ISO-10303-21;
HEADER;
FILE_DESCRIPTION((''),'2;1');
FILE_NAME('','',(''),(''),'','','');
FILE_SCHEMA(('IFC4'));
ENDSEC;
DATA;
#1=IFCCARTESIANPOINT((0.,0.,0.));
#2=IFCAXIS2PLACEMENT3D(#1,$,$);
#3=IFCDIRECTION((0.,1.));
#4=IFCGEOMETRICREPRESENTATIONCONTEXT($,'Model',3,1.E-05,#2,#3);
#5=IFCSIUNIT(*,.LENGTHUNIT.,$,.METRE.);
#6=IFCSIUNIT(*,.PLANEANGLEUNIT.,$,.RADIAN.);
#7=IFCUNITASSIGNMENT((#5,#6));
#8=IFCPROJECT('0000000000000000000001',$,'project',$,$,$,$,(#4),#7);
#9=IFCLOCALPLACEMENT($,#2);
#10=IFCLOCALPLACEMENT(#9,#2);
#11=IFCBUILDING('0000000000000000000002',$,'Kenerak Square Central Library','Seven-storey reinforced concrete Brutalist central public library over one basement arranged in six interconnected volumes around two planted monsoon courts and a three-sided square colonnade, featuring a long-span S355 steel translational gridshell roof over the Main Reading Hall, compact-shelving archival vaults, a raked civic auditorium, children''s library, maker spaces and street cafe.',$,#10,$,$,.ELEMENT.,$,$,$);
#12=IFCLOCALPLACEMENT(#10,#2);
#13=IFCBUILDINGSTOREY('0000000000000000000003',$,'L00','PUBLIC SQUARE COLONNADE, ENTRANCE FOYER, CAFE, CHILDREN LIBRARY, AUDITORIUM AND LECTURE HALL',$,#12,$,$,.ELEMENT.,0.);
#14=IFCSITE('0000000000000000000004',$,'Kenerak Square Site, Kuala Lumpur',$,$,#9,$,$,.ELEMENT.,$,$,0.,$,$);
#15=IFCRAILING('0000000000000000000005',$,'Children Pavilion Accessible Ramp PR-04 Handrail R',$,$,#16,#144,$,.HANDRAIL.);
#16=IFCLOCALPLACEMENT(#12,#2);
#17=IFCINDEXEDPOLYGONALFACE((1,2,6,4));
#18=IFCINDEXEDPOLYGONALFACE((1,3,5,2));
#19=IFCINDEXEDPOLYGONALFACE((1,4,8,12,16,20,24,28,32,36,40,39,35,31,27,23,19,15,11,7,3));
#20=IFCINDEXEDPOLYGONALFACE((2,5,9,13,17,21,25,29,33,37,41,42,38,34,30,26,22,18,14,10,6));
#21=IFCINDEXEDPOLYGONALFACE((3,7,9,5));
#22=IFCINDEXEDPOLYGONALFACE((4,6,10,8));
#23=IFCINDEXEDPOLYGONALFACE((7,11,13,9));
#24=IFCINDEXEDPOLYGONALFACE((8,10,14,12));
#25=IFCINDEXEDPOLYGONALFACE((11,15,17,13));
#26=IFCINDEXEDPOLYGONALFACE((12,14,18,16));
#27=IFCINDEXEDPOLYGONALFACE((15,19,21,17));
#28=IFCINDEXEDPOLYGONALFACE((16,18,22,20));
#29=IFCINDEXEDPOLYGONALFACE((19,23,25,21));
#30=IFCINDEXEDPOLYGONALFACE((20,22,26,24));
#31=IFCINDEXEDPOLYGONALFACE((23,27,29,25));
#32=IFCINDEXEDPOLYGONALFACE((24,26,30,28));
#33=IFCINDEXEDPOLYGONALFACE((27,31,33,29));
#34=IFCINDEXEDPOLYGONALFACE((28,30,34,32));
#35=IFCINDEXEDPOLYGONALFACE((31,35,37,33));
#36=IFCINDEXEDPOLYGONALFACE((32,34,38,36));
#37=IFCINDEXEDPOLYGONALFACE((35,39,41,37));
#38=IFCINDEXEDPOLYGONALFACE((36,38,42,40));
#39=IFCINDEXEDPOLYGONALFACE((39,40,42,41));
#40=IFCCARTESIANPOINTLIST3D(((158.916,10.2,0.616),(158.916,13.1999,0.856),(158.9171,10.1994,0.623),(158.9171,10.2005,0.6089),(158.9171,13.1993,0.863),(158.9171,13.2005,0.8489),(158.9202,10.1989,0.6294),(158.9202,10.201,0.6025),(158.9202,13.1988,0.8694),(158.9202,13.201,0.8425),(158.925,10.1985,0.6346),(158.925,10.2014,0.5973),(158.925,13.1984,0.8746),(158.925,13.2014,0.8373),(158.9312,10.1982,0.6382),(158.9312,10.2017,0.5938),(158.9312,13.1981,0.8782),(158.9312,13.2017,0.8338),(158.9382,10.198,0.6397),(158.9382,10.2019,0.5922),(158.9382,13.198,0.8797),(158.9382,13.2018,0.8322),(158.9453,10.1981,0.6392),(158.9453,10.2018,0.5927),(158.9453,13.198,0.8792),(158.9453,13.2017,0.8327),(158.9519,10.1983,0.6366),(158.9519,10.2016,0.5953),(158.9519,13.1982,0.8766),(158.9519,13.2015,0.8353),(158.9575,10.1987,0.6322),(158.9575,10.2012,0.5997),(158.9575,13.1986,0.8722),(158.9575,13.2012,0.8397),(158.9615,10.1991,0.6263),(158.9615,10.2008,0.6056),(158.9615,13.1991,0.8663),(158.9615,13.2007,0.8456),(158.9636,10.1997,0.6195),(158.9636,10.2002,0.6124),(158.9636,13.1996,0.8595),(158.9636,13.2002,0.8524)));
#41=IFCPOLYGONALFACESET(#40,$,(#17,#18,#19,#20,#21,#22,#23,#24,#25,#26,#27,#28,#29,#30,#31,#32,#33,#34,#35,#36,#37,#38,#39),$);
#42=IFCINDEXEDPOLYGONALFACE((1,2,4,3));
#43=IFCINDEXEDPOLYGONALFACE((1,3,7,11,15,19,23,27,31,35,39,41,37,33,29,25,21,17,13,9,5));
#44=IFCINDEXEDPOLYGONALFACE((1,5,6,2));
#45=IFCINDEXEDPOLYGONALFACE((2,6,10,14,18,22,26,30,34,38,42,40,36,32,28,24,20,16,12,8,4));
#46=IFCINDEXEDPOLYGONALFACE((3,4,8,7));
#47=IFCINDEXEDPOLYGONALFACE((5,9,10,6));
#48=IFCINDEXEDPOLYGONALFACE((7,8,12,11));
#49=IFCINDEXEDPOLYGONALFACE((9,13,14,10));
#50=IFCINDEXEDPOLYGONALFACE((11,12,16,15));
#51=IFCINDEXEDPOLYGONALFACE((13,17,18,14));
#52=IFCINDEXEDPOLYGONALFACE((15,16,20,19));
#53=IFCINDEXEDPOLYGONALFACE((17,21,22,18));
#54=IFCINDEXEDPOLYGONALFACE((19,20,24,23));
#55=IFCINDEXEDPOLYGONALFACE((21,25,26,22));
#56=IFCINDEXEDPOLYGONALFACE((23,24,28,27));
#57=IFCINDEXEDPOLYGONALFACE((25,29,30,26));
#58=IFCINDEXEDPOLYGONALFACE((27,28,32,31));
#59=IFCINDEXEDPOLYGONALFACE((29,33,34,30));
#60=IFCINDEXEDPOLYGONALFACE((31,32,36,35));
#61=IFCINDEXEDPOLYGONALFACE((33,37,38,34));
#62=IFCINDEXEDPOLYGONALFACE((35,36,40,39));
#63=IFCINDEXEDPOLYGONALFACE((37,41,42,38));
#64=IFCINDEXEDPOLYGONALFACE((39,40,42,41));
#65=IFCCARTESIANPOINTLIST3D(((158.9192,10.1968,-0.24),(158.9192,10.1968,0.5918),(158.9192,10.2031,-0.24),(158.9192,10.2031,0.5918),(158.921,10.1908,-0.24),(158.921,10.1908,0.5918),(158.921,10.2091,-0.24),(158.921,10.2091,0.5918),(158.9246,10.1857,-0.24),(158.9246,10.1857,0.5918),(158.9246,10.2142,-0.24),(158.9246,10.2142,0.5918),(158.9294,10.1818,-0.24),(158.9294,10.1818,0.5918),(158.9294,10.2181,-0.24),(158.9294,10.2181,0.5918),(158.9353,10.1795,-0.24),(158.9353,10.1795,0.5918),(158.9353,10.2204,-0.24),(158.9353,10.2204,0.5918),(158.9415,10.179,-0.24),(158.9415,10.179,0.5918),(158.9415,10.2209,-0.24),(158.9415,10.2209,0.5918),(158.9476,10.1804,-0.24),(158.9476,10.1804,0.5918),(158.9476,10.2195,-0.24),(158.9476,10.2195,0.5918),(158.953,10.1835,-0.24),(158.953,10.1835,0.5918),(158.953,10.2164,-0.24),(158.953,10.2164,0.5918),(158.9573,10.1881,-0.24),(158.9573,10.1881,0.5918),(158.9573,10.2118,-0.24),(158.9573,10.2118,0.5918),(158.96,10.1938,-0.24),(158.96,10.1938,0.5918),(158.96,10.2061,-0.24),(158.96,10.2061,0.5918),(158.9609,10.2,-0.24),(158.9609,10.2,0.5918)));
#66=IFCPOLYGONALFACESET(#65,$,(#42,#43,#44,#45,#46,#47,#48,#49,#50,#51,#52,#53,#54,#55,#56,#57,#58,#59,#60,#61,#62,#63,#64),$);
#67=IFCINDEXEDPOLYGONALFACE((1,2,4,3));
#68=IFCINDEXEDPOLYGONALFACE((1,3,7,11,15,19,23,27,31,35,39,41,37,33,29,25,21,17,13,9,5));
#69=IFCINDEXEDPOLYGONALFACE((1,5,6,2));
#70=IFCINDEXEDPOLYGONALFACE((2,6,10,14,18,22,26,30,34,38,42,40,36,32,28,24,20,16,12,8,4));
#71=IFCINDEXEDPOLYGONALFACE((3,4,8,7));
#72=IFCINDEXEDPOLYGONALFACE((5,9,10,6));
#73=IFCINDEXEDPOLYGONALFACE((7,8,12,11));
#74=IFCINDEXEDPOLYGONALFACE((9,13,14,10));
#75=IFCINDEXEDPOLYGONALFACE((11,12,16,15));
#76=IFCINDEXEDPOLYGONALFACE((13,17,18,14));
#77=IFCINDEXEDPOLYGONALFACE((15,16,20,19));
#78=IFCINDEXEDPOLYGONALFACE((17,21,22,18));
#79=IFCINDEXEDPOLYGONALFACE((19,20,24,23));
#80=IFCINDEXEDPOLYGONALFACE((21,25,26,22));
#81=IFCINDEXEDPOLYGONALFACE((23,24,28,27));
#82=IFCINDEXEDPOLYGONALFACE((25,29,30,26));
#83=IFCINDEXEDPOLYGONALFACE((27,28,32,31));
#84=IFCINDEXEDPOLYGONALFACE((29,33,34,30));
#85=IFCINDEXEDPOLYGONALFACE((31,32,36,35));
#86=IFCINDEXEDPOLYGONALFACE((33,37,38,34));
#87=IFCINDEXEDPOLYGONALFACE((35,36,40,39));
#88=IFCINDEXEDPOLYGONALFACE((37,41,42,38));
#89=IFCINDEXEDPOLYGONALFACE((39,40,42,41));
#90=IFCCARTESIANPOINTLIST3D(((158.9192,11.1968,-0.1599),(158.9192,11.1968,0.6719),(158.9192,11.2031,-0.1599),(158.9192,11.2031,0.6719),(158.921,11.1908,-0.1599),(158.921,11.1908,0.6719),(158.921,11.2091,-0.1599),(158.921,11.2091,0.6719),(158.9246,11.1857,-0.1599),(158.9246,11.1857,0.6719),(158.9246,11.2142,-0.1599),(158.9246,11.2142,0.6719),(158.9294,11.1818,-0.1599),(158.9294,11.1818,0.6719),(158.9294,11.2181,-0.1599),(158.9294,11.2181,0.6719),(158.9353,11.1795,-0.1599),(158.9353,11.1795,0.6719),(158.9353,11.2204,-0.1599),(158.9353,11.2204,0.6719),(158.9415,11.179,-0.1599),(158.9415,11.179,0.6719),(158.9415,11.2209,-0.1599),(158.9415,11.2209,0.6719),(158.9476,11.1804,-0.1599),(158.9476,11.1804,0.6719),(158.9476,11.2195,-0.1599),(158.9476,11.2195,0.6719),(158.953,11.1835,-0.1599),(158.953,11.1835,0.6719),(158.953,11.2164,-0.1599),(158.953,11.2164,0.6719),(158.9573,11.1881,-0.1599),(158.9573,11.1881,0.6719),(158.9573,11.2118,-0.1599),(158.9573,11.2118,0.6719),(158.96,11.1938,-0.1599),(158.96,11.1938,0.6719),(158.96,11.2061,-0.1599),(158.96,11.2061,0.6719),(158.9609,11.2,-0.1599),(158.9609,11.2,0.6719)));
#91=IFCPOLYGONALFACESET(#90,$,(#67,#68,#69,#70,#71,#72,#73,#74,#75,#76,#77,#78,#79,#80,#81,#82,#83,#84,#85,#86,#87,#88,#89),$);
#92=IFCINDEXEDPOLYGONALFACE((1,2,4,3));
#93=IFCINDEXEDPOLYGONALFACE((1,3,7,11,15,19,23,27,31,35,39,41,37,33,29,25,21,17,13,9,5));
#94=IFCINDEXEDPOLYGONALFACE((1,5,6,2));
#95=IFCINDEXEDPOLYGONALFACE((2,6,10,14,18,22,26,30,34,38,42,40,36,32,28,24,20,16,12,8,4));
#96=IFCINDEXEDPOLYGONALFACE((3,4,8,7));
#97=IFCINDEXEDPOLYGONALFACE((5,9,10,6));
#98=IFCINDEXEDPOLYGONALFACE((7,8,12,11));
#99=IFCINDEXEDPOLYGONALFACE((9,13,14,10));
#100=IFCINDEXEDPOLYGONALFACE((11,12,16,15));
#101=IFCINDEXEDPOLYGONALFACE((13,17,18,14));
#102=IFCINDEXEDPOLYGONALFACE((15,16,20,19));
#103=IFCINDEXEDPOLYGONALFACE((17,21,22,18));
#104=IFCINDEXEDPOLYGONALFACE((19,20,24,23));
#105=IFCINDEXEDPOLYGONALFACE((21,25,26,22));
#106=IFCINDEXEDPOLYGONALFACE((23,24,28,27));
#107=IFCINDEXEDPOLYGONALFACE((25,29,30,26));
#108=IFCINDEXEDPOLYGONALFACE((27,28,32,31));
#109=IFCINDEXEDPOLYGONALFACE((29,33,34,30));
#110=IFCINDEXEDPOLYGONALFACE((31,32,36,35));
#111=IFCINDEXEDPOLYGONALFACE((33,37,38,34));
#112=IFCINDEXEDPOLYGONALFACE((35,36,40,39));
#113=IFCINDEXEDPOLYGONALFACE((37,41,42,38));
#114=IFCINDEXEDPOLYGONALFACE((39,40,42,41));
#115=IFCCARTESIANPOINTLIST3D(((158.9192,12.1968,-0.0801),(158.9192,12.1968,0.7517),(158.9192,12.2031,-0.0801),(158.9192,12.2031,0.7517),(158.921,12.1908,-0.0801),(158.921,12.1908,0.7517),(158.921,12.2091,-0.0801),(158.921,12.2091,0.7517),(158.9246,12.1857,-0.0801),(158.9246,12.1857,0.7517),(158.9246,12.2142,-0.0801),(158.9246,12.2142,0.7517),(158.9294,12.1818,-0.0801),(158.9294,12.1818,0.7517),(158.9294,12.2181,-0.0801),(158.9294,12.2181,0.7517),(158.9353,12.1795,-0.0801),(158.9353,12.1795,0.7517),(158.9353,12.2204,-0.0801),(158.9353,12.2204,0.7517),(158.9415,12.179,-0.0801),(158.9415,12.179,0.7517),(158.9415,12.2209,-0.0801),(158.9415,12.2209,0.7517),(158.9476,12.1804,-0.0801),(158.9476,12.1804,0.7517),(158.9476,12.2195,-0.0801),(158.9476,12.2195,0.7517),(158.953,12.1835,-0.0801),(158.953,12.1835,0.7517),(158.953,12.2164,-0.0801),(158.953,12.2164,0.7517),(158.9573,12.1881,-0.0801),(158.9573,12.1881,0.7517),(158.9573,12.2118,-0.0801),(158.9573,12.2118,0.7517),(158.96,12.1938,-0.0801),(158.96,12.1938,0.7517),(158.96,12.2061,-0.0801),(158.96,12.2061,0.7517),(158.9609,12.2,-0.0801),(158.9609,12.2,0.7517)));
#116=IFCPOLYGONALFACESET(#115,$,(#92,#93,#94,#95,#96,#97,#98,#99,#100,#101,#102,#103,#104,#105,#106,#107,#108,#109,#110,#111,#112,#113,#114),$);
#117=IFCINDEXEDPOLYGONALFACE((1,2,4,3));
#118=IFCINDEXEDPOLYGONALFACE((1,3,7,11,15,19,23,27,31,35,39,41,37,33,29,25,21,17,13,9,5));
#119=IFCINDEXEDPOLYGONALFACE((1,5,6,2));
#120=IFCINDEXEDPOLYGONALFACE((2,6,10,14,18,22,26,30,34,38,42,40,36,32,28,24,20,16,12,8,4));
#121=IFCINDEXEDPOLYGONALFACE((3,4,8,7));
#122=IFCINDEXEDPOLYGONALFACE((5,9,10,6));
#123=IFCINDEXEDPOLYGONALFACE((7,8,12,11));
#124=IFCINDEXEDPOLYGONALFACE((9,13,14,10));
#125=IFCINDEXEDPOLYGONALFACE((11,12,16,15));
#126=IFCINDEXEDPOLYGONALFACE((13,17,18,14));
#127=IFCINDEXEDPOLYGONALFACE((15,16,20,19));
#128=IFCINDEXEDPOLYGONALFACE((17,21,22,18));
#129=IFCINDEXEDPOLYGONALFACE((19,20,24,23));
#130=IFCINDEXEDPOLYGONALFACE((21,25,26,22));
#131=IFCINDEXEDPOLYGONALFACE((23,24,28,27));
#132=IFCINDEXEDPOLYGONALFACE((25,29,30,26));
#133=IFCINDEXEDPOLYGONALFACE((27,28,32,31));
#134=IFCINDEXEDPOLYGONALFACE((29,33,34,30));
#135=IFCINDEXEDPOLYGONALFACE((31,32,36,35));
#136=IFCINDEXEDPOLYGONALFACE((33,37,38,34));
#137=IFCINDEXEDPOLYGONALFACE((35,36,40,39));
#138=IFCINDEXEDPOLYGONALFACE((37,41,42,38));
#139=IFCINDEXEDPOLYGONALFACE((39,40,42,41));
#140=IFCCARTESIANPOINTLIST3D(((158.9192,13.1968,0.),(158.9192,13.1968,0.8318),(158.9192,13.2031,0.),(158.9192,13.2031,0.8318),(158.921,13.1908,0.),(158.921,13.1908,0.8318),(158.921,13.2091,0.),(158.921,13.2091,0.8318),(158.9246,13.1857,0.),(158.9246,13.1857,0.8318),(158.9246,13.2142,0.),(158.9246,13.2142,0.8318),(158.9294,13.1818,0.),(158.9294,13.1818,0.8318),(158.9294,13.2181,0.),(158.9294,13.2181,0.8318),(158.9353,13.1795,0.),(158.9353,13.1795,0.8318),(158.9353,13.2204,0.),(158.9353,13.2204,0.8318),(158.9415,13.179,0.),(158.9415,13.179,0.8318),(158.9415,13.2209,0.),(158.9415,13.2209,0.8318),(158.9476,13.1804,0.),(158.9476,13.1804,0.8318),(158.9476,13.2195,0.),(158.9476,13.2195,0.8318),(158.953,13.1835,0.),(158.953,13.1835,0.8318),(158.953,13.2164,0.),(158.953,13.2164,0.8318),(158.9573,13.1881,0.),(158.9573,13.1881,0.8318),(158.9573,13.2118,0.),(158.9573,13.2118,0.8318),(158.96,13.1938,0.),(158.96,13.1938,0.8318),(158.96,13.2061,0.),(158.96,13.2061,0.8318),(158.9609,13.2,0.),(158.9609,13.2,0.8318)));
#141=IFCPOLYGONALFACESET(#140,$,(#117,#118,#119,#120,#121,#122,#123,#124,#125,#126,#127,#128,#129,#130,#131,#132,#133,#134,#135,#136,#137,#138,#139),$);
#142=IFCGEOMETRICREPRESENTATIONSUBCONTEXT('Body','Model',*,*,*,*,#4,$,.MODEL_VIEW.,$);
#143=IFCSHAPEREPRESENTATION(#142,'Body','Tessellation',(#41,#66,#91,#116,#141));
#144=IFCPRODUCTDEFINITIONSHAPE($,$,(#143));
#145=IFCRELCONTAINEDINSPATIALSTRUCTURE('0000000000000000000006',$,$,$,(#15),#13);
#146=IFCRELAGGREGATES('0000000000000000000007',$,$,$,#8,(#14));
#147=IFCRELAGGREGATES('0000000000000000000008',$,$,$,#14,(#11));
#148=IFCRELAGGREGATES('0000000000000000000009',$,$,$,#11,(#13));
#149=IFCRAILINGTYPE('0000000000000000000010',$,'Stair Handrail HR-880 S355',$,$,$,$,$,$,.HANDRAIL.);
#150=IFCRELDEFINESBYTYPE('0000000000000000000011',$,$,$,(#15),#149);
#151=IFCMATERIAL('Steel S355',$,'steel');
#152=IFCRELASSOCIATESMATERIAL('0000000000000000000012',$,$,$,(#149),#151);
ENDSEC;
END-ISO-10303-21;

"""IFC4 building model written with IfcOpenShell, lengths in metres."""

from ifc_helpers import new_model, si_unit, direction, frame, origin, origin_2d, place, context, subcontext, project, spatial, circle, extrude, material, type_object, element, save


model = new_model("IFC4")

# Units and contexts
model_context = context("Model", 3, precision=1e-05, world=origin(), true_north=direction((0.0, 1.0)))
body_context = subcontext(model_context, "Body", "Model", "MODEL_VIEW")
ifc_project = project(units=[si_unit("LENGTHUNIT", "METRE"), si_unit("PLANEANGLEUNIT", "RADIAN")], contexts=[model_context])

# Site, building, storey
site_placement = place(None, origin())
site = spatial("IfcSite", under=ifc_project, at=site_placement, Name="Kenerak Square Site, Kuala Lumpur", CompositionType="ELEMENT", RefElevation=0.0)
building_placement = place(site_placement, origin())
building = spatial("IfcBuilding", under=site, at=building_placement, Name="Kenerak Square Central Library", Description="Seven-storey reinforced concrete Brutalist central public library over one basement arranged in six interconnected volumes around two planted monsoon courts and a three-sided square colonnade, featuring a long-span S355 steel translational gridshell roof over the Main Reading Hall, compact-shelving archival vaults, a raked civic auditorium, children's library, maker spaces and street cafe.", CompositionType="ELEMENT")
storey_placement = place(building_placement, origin())
storey = spatial("IfcBuildingStorey", under=building, at=storey_placement, Name="L00", Description="PUBLIC SQUARE COLONNADE, ENTRANCE FOYER, CAFE, CHILDREN LIBRARY, AUDITORIUM AND LECTURE HALL", CompositionType="ELEMENT", Elevation=0.0)

# Shared definitions
ifc_material_1 = material(Name="Steel S355", Category="steel")

# Railing
railing_type = type_object("IfcRailingType", Name="Stair Handrail HR-880 S355", PredefinedType="HANDRAIL", material=ifc_material_1)
for number, where, name in (
    (1, (158.9399, 10.2, -0.24), "Children Pavilion Accessible Ramp PR-04 Handrail R"),
):
    element("IfcRailing", number, at=place(storey_placement, frame(where)), inside=storey, type_object=railing_type, Name=name, PredefinedType="HANDRAIL", context=body_context, shape_type="SweptSolid", body=[
        extrude(circle(Radius=0.0239, at=origin_2d()), frame((0.0, 0.0, 0.856), z_axis=(0.0, 0.996816, 0.079742), x_axis=(-1.0, 0.0, 0.0)), (0.0, 0.0, 1.0), 3.0095),
        extrude(circle(Radius=0.021, at=origin_2d()), origin(), (0.0, 0.0, 1.0), 0.8318),
        extrude(circle(Radius=0.021, at=origin_2d()), frame((0.0, 1.0, 0.0801)), (0.0, 0.0, 1.0), 0.8318),
        extrude(circle(Radius=0.021, at=origin_2d()), frame((0.0, 2.0, 0.1599)), (0.0, 0.0, 1.0), 0.8318),
        extrude(circle(Radius=0.021, at=origin_2d()), frame((0.0, 3.0, 0.24)), (0.0, 0.0, 1.0), 0.8318),
    ])

save(model, "model.ifc")
